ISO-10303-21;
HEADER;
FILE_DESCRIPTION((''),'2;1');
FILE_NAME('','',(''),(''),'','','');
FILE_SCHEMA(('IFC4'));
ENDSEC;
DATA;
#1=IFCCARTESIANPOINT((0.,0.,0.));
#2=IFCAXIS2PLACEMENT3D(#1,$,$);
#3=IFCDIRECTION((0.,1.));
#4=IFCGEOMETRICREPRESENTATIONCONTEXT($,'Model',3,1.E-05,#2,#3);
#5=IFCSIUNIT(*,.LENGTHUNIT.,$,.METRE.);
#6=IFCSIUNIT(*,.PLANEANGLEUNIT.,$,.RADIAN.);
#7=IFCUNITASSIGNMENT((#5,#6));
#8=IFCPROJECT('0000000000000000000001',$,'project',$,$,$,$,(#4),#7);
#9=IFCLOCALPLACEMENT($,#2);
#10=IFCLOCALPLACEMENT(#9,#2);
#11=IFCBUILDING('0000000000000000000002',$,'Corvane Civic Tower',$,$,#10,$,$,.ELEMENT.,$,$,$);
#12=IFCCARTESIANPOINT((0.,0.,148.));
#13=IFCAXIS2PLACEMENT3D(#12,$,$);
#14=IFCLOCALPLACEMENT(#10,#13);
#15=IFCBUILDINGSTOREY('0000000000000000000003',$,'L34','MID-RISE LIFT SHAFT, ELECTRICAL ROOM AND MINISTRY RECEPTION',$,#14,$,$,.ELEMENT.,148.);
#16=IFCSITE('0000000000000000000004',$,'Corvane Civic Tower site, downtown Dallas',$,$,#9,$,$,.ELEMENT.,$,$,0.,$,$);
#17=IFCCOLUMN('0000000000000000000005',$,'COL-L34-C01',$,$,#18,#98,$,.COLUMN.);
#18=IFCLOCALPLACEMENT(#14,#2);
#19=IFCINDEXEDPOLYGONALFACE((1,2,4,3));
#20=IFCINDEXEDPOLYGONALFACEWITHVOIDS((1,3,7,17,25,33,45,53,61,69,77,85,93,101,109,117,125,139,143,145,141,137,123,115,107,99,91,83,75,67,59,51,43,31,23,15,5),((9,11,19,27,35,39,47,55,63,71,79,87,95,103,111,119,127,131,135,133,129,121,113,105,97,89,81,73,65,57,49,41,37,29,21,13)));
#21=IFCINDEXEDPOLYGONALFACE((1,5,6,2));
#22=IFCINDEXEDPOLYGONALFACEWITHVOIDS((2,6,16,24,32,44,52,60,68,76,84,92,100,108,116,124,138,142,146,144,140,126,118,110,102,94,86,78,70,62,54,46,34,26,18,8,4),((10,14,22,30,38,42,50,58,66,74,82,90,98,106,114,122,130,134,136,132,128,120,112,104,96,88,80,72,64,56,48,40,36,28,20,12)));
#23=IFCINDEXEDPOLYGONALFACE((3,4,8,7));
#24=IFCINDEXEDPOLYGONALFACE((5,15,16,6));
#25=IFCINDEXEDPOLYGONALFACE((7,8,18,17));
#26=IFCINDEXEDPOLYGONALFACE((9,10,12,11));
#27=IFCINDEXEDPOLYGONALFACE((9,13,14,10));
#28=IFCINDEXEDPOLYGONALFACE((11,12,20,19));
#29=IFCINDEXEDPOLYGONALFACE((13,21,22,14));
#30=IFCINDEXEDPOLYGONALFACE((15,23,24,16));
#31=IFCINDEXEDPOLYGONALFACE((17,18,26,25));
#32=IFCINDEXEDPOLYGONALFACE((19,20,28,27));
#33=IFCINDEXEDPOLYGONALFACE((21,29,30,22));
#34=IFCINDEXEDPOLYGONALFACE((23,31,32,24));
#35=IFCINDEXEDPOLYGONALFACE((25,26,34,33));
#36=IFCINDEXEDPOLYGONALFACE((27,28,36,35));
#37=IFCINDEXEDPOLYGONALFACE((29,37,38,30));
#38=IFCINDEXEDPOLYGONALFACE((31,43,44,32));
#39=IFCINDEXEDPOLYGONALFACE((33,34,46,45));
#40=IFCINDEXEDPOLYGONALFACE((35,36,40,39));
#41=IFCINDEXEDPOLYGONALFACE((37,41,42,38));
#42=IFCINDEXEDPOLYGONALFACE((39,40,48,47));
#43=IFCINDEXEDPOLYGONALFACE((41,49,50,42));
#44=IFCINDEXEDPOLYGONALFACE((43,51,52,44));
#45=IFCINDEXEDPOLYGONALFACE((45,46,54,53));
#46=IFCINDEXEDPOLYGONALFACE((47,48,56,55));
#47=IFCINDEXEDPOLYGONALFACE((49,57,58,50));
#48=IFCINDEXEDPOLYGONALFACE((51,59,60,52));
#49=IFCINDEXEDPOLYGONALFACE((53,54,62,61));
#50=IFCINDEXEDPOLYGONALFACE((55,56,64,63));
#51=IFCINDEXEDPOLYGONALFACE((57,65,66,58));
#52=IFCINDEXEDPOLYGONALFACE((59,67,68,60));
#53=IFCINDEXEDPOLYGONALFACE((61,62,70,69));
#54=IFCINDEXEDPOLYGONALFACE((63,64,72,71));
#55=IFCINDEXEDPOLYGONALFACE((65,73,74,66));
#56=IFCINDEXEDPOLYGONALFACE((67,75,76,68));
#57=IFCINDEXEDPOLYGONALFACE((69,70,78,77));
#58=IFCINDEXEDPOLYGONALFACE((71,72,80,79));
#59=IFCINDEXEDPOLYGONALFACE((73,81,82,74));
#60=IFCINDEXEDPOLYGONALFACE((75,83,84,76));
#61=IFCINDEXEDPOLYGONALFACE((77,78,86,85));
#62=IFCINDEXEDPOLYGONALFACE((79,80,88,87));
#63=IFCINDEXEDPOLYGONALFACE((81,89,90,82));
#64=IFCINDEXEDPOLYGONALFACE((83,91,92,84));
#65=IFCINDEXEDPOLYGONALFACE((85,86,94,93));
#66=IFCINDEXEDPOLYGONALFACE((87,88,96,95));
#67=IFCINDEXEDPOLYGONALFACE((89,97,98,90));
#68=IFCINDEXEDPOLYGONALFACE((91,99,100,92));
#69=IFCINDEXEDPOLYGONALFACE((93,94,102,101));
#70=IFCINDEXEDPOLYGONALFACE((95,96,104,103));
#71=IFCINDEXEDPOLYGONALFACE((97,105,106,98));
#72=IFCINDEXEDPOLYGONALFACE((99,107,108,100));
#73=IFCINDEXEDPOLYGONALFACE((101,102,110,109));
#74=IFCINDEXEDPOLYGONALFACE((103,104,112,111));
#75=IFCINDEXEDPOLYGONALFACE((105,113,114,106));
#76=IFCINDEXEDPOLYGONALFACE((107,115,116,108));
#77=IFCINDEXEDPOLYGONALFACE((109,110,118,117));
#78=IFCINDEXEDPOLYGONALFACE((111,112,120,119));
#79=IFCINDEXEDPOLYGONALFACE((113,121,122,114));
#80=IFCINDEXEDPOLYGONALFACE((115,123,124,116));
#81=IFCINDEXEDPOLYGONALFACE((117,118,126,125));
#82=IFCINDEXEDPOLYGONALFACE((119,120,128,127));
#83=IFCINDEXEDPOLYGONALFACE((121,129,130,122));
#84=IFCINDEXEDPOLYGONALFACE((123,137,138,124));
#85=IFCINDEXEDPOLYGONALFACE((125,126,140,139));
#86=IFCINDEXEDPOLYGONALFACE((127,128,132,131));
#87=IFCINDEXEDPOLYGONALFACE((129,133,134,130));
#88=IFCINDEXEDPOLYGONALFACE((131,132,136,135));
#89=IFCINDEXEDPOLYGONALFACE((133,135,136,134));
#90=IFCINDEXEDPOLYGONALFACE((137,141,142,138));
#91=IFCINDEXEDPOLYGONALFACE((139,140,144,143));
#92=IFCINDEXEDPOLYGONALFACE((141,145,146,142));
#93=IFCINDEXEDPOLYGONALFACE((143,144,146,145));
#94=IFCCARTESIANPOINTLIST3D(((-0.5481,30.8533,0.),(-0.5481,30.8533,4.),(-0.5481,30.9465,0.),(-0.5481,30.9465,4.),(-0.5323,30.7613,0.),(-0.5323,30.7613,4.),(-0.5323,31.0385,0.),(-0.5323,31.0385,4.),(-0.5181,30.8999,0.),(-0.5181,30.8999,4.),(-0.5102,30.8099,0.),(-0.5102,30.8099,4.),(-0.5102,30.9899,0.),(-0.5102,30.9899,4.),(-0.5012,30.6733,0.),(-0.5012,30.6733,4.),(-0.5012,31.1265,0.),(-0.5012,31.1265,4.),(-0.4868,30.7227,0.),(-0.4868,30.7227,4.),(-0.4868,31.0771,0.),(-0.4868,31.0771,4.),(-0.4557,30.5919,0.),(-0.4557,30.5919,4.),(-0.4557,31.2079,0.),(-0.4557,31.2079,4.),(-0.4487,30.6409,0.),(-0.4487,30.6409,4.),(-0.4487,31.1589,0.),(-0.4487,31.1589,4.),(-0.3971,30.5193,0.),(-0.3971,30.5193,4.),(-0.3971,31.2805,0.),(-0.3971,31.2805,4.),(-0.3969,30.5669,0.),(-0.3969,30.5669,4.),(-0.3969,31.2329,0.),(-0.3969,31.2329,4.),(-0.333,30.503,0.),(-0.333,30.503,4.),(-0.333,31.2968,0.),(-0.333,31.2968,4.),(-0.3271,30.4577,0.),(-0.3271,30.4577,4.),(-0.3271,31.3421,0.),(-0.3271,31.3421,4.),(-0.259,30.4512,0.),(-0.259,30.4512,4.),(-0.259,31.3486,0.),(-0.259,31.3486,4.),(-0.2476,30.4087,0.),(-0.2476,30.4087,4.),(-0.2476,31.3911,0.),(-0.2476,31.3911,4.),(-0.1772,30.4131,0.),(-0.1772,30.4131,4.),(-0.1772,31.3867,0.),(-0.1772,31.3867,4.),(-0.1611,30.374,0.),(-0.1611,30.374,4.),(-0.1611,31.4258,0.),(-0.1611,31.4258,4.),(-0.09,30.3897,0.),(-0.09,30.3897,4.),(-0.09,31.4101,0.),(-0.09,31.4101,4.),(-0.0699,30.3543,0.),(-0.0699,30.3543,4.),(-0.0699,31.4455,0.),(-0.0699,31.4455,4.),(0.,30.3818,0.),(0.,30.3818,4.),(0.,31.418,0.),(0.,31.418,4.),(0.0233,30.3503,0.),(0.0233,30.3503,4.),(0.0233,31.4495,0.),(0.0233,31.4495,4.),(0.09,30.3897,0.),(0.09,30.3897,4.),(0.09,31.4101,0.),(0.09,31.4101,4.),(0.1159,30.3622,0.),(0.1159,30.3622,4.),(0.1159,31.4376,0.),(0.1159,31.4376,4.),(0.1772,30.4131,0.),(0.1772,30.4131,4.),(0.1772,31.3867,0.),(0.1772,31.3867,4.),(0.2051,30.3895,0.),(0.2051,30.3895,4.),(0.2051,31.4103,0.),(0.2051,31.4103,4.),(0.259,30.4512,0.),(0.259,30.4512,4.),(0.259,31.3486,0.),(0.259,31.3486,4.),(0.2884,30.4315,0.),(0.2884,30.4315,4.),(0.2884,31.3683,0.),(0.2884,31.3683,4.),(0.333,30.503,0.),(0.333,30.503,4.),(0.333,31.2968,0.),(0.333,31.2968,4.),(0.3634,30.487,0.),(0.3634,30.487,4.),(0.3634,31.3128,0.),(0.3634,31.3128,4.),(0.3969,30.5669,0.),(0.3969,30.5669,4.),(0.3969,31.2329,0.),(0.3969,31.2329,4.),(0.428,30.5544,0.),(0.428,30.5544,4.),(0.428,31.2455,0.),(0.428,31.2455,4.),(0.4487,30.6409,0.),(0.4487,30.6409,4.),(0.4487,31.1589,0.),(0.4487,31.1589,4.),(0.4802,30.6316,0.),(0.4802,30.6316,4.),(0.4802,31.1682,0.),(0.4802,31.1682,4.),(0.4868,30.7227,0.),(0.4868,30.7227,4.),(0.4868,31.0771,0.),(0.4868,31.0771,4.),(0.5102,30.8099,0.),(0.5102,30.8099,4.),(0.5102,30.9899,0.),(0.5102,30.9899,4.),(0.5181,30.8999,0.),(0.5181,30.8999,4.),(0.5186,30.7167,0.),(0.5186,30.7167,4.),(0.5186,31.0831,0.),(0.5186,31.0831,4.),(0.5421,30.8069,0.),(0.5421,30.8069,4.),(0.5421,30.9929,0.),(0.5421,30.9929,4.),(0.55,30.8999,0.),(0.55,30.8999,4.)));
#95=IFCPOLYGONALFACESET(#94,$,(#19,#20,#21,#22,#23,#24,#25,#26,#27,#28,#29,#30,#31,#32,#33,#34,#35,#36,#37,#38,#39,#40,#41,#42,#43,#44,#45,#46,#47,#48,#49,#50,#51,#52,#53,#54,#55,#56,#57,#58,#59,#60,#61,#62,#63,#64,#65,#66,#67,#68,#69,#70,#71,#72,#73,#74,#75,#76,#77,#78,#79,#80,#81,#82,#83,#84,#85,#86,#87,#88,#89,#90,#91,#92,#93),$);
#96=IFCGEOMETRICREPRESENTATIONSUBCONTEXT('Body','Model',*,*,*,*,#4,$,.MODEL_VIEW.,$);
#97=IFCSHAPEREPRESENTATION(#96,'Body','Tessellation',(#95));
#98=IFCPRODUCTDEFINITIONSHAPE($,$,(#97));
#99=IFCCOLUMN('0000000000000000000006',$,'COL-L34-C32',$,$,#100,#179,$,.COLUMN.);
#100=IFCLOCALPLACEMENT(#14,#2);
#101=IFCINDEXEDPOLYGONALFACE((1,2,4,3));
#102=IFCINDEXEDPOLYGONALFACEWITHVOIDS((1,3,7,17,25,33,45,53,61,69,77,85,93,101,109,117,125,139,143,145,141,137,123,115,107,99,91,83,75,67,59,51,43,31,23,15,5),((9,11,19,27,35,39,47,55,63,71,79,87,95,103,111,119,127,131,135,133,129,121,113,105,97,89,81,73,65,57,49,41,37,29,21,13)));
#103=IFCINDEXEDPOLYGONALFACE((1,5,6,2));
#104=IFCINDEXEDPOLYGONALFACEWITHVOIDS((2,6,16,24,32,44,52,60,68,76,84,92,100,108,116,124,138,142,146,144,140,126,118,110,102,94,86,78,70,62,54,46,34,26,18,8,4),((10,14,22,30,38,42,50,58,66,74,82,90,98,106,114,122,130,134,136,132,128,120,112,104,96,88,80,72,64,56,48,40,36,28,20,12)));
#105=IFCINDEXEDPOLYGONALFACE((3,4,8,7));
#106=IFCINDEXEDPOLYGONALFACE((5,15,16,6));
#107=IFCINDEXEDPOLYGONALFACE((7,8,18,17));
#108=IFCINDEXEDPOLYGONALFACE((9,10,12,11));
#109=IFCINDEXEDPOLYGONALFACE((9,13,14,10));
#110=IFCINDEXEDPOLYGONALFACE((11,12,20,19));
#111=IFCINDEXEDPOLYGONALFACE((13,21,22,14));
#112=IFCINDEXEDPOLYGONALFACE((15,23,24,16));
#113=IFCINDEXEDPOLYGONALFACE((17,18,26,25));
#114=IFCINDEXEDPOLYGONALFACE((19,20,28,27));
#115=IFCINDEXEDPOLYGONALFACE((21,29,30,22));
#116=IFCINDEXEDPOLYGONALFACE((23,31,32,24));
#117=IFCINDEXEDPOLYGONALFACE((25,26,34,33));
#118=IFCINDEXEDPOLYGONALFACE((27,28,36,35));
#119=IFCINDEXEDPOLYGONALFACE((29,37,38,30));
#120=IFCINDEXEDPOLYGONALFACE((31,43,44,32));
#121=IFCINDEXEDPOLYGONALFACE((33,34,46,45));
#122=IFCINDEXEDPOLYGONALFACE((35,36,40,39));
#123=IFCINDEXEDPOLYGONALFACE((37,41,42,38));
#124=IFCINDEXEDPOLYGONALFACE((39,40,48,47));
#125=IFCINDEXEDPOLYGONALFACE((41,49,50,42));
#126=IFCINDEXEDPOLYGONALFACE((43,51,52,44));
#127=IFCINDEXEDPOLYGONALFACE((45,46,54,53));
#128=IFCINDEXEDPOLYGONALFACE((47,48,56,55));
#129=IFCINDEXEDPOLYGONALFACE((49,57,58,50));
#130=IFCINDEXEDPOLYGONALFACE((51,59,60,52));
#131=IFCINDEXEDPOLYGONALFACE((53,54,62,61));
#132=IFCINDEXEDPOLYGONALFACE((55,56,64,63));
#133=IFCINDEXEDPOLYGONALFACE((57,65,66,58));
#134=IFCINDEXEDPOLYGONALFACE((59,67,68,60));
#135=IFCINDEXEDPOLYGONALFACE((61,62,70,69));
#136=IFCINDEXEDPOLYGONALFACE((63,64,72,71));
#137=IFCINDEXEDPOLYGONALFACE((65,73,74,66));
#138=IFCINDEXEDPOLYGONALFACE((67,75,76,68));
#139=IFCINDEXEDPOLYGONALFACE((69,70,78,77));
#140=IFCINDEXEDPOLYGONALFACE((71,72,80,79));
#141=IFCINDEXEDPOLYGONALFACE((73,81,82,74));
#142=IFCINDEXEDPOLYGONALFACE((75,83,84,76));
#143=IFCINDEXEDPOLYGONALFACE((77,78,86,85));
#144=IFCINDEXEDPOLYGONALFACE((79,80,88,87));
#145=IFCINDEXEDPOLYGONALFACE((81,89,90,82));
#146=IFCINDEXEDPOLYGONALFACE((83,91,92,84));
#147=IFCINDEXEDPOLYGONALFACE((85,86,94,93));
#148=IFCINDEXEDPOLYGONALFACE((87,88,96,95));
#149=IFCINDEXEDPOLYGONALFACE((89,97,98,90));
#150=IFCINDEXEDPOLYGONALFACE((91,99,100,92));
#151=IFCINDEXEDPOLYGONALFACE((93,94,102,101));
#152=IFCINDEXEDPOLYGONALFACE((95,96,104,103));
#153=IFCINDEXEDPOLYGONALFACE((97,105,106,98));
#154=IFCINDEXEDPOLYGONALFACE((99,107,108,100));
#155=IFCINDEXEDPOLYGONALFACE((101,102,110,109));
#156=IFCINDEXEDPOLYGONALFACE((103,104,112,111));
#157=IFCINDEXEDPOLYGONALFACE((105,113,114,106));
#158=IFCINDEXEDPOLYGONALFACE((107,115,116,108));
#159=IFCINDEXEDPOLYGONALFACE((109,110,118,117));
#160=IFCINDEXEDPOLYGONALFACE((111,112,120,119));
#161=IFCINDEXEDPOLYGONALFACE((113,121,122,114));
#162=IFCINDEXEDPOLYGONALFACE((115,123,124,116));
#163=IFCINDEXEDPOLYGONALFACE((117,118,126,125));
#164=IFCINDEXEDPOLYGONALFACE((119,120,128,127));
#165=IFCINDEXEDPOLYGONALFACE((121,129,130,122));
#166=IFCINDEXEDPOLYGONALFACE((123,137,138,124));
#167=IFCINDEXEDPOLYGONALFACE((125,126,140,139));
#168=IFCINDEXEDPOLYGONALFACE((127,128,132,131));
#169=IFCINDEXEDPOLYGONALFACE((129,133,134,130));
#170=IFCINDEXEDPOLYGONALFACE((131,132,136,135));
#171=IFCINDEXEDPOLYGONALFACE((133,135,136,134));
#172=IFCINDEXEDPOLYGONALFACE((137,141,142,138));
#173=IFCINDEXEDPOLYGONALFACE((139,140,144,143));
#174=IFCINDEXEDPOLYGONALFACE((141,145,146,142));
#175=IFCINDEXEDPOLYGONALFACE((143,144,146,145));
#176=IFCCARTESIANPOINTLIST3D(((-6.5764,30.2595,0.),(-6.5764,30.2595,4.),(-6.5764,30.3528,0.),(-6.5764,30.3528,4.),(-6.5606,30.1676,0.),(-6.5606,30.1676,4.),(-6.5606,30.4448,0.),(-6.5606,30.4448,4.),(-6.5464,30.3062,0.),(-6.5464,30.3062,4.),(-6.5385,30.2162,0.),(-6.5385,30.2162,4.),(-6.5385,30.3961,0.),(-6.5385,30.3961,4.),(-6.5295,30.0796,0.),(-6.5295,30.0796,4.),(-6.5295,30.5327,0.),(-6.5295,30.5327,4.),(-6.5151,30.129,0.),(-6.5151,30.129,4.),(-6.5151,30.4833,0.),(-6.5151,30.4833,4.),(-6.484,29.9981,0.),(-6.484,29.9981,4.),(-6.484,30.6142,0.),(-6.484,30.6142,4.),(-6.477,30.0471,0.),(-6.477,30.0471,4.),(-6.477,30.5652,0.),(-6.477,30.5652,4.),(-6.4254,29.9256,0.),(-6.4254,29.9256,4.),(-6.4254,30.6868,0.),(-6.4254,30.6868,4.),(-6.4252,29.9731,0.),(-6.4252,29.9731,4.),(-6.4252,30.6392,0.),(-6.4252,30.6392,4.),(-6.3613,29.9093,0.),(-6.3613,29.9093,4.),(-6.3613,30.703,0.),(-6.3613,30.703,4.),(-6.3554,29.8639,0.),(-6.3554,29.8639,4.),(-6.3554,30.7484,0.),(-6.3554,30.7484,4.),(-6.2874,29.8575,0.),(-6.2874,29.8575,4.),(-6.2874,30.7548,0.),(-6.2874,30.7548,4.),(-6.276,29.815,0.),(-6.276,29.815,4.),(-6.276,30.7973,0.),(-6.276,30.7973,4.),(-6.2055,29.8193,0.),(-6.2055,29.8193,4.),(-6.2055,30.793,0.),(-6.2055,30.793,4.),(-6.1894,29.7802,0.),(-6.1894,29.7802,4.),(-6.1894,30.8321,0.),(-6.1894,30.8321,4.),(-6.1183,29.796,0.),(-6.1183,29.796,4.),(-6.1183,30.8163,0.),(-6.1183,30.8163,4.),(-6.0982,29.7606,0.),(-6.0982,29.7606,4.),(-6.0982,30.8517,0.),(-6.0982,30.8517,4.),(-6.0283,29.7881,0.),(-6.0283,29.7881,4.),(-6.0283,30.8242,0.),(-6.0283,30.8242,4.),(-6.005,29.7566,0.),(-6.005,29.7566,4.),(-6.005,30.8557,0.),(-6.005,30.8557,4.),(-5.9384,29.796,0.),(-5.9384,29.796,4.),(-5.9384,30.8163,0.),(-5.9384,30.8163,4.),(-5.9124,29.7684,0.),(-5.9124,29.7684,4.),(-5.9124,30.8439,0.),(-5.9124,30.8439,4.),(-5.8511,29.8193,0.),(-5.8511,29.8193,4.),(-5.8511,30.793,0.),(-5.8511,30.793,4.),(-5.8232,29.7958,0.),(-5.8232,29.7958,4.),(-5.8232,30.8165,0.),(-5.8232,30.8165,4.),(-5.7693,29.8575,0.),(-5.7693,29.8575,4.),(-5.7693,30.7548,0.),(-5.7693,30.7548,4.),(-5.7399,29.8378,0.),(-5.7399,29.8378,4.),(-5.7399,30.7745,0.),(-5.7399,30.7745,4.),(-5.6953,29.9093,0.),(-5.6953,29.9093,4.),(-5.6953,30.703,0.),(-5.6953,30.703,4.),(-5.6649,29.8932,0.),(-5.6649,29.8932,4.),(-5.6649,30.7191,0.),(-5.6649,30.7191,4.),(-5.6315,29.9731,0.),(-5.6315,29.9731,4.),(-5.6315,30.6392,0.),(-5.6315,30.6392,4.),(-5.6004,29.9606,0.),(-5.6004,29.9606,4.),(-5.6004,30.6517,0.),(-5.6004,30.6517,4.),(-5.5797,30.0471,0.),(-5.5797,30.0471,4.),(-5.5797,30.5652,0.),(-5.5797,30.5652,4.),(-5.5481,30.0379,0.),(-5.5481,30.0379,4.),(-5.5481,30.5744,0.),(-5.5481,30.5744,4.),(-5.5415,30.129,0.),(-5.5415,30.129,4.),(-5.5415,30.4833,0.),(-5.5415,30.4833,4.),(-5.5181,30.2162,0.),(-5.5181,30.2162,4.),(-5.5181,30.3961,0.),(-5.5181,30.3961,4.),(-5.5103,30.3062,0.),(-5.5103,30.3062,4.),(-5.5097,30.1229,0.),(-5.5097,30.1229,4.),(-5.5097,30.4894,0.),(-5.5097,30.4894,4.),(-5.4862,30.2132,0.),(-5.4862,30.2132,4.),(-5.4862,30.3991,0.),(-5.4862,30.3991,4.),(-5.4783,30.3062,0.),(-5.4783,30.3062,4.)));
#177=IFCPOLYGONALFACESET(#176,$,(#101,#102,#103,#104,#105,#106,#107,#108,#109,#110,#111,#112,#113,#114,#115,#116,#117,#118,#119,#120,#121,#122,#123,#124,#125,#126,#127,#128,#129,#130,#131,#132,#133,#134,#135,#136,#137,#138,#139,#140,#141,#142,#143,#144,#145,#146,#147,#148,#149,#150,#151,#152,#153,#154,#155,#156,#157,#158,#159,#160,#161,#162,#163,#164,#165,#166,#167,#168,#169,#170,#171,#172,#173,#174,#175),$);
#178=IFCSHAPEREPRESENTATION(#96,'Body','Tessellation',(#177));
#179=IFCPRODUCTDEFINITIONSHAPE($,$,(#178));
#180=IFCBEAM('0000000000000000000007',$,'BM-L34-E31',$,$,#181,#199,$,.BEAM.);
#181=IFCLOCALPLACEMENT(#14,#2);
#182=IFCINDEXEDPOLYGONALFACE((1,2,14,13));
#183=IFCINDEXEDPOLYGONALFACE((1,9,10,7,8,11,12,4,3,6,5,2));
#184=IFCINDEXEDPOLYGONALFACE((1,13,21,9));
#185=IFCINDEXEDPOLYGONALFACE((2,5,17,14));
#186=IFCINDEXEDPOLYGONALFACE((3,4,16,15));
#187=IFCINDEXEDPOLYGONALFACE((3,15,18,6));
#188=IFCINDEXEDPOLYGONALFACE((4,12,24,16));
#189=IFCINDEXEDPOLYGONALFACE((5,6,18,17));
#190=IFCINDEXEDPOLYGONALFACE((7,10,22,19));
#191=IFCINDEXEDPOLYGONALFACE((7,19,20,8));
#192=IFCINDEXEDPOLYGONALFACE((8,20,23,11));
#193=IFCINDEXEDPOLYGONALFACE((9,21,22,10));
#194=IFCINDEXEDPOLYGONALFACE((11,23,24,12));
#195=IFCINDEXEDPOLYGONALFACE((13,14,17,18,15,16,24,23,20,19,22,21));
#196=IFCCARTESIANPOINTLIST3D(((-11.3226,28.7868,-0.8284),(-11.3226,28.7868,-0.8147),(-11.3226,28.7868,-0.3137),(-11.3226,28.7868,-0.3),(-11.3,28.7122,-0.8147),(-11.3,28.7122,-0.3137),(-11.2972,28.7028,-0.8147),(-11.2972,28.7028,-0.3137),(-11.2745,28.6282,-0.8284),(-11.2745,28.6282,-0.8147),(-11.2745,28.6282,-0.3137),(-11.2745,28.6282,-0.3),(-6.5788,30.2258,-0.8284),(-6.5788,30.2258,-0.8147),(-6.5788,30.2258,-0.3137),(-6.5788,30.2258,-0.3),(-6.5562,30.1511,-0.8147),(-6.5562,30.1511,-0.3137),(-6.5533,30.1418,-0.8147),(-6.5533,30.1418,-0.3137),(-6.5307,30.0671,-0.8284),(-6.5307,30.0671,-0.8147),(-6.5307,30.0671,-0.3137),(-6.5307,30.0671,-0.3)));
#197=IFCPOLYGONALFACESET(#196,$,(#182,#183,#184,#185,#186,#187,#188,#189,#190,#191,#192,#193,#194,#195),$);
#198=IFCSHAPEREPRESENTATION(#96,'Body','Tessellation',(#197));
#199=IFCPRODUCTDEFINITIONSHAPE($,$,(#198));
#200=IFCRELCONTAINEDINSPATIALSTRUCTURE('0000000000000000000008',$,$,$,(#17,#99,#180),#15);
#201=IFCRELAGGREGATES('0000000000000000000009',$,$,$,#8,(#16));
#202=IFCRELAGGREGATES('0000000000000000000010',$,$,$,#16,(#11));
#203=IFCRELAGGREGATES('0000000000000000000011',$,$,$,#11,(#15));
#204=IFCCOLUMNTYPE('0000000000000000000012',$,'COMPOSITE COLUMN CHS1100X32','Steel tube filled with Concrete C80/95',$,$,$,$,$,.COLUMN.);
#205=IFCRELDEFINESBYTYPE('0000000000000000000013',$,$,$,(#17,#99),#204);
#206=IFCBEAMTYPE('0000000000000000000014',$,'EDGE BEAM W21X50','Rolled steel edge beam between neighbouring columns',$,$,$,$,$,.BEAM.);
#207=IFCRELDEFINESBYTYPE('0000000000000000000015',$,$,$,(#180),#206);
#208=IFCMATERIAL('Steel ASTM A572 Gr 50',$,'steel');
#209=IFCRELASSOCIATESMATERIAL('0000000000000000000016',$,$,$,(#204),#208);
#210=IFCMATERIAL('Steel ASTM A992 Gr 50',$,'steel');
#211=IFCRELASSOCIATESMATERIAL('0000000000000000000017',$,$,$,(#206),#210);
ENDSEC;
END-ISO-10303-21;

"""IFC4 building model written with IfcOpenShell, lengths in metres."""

from ifc_helpers import new_model, si_unit, direction, frame, origin, origin_2d, place, context, subcontext, project, spatial, hollow_circle, i_section, extrude, material, material_profile, profile_set, type_object, element, save


model = new_model("IFC4")

# Units and contexts
model_context = context("Model", 3, precision=1e-05, world=origin(), true_north=direction((0.0, 1.0)))
body_context = subcontext(model_context, "Body", "Model", "MODEL_VIEW")
ifc_project = project(units=[si_unit("LENGTHUNIT", "METRE"), si_unit("PLANEANGLEUNIT", "RADIAN")], contexts=[model_context])

# Site, building, storey
site_placement = place(None, origin())
site = spatial("IfcSite", under=ifc_project, at=site_placement, Name="Corvane Civic Tower site, downtown Dallas", CompositionType="ELEMENT", RefElevation=0.0)
building_placement = place(site_placement, origin())
building = spatial("IfcBuilding", under=site, at=building_placement, Name="Corvane Civic Tower", CompositionType="ELEMENT")
storey_placement = place(building_placement, frame((0.0, 0.0, 148.0)))
storey = spatial("IfcBuildingStorey", under=building, at=storey_placement, Name="L34", Description="MID-RISE LIFT SHAFT, ELECTRICAL ROOM AND MINISTRY RECEPTION", CompositionType="ELEMENT", Elevation=148.0)

# Columns
ifc_material_1 = material(Name="Steel ASTM A572 Gr 50", Category="steel")
ifc_material_profile_1 = material_profile(ifc_material_1, hollow_circle(Radius=0.55, WallThickness=0.032, at=origin_2d()), Name="CHS1100X32")
ifc_profile_set_1 = profile_set([ifc_material_profile_1], Name="Steel ASTM A572 Gr 50")
column_type = type_object("IfcColumnType", Name="COMPOSITE COLUMN CHS1100X32", Description="Steel tube filled with Concrete C80/95", PredefinedType="COLUMN", material=ifc_profile_set_1)
for number, where, z_axis, x_axis, name in (
    (1, (0.0, 30.8999, 0.0), (0.0, 0.0, 1.0), (1.0, 0.0, 0.0), "COL-L34-C01"),
    (2, (-6.0283, 30.3062, 0.0), (0.0, 0.0, 1.0), (1.0, 0.0, 0.0), "COL-L34-C32"),
):
    element("IfcColumn", number, at=place(storey_placement, frame(where, z_axis=z_axis, x_axis=x_axis)), inside=storey, type_object=column_type, Name=name, PredefinedType="COLUMN", context=body_context, shape_type="SweptSolid", body=[
        extrude(hollow_circle(Radius=0.55, WallThickness=0.032, at=origin_2d()), origin(), (0.0, 0.0, 1.0), 4.0),
    ])

# Beam
ifc_material_2 = material(Name="Steel ASTM A992 Gr 50", Category="steel")
ifc_material_profile_2 = material_profile(ifc_material_2, i_section(OverallWidth=0.1658, OverallDepth=0.5283, WebThickness=0.0098, FlangeThickness=0.0137, at=origin_2d()), Name="W21X50")
ifc_profile_set_2 = profile_set([ifc_material_profile_2], Name="Steel ASTM A992 Gr 50")
beam_type_1 = type_object("IfcBeamType", Name="EDGE BEAM W21X50", Description="Rolled steel edge beam between neighbouring columns", PredefinedType="BEAM", material=ifc_profile_set_2)
beam_1_placement = place(storey_placement, frame((-11.2986, 28.7075, -0.5642), z_axis=(0.956945, 0.29027, 0.0), x_axis=(-0.29027, 0.956945, 0.0)))
element("IfcBeam", 3, at=beam_1_placement, inside=storey, type_object=beam_type_1, Name="BM-L34-E31", PredefinedType="BEAM", context=body_context, shape_type="SweptSolid", body=[
    extrude(i_section(OverallWidth=0.1658, OverallDepth=0.5283, WebThickness=0.0098, FlangeThickness=0.0137, at=origin_2d()), origin(), (0.0, 0.0, 1.0), 4.9573),
])

save(model, "model.ifc")
